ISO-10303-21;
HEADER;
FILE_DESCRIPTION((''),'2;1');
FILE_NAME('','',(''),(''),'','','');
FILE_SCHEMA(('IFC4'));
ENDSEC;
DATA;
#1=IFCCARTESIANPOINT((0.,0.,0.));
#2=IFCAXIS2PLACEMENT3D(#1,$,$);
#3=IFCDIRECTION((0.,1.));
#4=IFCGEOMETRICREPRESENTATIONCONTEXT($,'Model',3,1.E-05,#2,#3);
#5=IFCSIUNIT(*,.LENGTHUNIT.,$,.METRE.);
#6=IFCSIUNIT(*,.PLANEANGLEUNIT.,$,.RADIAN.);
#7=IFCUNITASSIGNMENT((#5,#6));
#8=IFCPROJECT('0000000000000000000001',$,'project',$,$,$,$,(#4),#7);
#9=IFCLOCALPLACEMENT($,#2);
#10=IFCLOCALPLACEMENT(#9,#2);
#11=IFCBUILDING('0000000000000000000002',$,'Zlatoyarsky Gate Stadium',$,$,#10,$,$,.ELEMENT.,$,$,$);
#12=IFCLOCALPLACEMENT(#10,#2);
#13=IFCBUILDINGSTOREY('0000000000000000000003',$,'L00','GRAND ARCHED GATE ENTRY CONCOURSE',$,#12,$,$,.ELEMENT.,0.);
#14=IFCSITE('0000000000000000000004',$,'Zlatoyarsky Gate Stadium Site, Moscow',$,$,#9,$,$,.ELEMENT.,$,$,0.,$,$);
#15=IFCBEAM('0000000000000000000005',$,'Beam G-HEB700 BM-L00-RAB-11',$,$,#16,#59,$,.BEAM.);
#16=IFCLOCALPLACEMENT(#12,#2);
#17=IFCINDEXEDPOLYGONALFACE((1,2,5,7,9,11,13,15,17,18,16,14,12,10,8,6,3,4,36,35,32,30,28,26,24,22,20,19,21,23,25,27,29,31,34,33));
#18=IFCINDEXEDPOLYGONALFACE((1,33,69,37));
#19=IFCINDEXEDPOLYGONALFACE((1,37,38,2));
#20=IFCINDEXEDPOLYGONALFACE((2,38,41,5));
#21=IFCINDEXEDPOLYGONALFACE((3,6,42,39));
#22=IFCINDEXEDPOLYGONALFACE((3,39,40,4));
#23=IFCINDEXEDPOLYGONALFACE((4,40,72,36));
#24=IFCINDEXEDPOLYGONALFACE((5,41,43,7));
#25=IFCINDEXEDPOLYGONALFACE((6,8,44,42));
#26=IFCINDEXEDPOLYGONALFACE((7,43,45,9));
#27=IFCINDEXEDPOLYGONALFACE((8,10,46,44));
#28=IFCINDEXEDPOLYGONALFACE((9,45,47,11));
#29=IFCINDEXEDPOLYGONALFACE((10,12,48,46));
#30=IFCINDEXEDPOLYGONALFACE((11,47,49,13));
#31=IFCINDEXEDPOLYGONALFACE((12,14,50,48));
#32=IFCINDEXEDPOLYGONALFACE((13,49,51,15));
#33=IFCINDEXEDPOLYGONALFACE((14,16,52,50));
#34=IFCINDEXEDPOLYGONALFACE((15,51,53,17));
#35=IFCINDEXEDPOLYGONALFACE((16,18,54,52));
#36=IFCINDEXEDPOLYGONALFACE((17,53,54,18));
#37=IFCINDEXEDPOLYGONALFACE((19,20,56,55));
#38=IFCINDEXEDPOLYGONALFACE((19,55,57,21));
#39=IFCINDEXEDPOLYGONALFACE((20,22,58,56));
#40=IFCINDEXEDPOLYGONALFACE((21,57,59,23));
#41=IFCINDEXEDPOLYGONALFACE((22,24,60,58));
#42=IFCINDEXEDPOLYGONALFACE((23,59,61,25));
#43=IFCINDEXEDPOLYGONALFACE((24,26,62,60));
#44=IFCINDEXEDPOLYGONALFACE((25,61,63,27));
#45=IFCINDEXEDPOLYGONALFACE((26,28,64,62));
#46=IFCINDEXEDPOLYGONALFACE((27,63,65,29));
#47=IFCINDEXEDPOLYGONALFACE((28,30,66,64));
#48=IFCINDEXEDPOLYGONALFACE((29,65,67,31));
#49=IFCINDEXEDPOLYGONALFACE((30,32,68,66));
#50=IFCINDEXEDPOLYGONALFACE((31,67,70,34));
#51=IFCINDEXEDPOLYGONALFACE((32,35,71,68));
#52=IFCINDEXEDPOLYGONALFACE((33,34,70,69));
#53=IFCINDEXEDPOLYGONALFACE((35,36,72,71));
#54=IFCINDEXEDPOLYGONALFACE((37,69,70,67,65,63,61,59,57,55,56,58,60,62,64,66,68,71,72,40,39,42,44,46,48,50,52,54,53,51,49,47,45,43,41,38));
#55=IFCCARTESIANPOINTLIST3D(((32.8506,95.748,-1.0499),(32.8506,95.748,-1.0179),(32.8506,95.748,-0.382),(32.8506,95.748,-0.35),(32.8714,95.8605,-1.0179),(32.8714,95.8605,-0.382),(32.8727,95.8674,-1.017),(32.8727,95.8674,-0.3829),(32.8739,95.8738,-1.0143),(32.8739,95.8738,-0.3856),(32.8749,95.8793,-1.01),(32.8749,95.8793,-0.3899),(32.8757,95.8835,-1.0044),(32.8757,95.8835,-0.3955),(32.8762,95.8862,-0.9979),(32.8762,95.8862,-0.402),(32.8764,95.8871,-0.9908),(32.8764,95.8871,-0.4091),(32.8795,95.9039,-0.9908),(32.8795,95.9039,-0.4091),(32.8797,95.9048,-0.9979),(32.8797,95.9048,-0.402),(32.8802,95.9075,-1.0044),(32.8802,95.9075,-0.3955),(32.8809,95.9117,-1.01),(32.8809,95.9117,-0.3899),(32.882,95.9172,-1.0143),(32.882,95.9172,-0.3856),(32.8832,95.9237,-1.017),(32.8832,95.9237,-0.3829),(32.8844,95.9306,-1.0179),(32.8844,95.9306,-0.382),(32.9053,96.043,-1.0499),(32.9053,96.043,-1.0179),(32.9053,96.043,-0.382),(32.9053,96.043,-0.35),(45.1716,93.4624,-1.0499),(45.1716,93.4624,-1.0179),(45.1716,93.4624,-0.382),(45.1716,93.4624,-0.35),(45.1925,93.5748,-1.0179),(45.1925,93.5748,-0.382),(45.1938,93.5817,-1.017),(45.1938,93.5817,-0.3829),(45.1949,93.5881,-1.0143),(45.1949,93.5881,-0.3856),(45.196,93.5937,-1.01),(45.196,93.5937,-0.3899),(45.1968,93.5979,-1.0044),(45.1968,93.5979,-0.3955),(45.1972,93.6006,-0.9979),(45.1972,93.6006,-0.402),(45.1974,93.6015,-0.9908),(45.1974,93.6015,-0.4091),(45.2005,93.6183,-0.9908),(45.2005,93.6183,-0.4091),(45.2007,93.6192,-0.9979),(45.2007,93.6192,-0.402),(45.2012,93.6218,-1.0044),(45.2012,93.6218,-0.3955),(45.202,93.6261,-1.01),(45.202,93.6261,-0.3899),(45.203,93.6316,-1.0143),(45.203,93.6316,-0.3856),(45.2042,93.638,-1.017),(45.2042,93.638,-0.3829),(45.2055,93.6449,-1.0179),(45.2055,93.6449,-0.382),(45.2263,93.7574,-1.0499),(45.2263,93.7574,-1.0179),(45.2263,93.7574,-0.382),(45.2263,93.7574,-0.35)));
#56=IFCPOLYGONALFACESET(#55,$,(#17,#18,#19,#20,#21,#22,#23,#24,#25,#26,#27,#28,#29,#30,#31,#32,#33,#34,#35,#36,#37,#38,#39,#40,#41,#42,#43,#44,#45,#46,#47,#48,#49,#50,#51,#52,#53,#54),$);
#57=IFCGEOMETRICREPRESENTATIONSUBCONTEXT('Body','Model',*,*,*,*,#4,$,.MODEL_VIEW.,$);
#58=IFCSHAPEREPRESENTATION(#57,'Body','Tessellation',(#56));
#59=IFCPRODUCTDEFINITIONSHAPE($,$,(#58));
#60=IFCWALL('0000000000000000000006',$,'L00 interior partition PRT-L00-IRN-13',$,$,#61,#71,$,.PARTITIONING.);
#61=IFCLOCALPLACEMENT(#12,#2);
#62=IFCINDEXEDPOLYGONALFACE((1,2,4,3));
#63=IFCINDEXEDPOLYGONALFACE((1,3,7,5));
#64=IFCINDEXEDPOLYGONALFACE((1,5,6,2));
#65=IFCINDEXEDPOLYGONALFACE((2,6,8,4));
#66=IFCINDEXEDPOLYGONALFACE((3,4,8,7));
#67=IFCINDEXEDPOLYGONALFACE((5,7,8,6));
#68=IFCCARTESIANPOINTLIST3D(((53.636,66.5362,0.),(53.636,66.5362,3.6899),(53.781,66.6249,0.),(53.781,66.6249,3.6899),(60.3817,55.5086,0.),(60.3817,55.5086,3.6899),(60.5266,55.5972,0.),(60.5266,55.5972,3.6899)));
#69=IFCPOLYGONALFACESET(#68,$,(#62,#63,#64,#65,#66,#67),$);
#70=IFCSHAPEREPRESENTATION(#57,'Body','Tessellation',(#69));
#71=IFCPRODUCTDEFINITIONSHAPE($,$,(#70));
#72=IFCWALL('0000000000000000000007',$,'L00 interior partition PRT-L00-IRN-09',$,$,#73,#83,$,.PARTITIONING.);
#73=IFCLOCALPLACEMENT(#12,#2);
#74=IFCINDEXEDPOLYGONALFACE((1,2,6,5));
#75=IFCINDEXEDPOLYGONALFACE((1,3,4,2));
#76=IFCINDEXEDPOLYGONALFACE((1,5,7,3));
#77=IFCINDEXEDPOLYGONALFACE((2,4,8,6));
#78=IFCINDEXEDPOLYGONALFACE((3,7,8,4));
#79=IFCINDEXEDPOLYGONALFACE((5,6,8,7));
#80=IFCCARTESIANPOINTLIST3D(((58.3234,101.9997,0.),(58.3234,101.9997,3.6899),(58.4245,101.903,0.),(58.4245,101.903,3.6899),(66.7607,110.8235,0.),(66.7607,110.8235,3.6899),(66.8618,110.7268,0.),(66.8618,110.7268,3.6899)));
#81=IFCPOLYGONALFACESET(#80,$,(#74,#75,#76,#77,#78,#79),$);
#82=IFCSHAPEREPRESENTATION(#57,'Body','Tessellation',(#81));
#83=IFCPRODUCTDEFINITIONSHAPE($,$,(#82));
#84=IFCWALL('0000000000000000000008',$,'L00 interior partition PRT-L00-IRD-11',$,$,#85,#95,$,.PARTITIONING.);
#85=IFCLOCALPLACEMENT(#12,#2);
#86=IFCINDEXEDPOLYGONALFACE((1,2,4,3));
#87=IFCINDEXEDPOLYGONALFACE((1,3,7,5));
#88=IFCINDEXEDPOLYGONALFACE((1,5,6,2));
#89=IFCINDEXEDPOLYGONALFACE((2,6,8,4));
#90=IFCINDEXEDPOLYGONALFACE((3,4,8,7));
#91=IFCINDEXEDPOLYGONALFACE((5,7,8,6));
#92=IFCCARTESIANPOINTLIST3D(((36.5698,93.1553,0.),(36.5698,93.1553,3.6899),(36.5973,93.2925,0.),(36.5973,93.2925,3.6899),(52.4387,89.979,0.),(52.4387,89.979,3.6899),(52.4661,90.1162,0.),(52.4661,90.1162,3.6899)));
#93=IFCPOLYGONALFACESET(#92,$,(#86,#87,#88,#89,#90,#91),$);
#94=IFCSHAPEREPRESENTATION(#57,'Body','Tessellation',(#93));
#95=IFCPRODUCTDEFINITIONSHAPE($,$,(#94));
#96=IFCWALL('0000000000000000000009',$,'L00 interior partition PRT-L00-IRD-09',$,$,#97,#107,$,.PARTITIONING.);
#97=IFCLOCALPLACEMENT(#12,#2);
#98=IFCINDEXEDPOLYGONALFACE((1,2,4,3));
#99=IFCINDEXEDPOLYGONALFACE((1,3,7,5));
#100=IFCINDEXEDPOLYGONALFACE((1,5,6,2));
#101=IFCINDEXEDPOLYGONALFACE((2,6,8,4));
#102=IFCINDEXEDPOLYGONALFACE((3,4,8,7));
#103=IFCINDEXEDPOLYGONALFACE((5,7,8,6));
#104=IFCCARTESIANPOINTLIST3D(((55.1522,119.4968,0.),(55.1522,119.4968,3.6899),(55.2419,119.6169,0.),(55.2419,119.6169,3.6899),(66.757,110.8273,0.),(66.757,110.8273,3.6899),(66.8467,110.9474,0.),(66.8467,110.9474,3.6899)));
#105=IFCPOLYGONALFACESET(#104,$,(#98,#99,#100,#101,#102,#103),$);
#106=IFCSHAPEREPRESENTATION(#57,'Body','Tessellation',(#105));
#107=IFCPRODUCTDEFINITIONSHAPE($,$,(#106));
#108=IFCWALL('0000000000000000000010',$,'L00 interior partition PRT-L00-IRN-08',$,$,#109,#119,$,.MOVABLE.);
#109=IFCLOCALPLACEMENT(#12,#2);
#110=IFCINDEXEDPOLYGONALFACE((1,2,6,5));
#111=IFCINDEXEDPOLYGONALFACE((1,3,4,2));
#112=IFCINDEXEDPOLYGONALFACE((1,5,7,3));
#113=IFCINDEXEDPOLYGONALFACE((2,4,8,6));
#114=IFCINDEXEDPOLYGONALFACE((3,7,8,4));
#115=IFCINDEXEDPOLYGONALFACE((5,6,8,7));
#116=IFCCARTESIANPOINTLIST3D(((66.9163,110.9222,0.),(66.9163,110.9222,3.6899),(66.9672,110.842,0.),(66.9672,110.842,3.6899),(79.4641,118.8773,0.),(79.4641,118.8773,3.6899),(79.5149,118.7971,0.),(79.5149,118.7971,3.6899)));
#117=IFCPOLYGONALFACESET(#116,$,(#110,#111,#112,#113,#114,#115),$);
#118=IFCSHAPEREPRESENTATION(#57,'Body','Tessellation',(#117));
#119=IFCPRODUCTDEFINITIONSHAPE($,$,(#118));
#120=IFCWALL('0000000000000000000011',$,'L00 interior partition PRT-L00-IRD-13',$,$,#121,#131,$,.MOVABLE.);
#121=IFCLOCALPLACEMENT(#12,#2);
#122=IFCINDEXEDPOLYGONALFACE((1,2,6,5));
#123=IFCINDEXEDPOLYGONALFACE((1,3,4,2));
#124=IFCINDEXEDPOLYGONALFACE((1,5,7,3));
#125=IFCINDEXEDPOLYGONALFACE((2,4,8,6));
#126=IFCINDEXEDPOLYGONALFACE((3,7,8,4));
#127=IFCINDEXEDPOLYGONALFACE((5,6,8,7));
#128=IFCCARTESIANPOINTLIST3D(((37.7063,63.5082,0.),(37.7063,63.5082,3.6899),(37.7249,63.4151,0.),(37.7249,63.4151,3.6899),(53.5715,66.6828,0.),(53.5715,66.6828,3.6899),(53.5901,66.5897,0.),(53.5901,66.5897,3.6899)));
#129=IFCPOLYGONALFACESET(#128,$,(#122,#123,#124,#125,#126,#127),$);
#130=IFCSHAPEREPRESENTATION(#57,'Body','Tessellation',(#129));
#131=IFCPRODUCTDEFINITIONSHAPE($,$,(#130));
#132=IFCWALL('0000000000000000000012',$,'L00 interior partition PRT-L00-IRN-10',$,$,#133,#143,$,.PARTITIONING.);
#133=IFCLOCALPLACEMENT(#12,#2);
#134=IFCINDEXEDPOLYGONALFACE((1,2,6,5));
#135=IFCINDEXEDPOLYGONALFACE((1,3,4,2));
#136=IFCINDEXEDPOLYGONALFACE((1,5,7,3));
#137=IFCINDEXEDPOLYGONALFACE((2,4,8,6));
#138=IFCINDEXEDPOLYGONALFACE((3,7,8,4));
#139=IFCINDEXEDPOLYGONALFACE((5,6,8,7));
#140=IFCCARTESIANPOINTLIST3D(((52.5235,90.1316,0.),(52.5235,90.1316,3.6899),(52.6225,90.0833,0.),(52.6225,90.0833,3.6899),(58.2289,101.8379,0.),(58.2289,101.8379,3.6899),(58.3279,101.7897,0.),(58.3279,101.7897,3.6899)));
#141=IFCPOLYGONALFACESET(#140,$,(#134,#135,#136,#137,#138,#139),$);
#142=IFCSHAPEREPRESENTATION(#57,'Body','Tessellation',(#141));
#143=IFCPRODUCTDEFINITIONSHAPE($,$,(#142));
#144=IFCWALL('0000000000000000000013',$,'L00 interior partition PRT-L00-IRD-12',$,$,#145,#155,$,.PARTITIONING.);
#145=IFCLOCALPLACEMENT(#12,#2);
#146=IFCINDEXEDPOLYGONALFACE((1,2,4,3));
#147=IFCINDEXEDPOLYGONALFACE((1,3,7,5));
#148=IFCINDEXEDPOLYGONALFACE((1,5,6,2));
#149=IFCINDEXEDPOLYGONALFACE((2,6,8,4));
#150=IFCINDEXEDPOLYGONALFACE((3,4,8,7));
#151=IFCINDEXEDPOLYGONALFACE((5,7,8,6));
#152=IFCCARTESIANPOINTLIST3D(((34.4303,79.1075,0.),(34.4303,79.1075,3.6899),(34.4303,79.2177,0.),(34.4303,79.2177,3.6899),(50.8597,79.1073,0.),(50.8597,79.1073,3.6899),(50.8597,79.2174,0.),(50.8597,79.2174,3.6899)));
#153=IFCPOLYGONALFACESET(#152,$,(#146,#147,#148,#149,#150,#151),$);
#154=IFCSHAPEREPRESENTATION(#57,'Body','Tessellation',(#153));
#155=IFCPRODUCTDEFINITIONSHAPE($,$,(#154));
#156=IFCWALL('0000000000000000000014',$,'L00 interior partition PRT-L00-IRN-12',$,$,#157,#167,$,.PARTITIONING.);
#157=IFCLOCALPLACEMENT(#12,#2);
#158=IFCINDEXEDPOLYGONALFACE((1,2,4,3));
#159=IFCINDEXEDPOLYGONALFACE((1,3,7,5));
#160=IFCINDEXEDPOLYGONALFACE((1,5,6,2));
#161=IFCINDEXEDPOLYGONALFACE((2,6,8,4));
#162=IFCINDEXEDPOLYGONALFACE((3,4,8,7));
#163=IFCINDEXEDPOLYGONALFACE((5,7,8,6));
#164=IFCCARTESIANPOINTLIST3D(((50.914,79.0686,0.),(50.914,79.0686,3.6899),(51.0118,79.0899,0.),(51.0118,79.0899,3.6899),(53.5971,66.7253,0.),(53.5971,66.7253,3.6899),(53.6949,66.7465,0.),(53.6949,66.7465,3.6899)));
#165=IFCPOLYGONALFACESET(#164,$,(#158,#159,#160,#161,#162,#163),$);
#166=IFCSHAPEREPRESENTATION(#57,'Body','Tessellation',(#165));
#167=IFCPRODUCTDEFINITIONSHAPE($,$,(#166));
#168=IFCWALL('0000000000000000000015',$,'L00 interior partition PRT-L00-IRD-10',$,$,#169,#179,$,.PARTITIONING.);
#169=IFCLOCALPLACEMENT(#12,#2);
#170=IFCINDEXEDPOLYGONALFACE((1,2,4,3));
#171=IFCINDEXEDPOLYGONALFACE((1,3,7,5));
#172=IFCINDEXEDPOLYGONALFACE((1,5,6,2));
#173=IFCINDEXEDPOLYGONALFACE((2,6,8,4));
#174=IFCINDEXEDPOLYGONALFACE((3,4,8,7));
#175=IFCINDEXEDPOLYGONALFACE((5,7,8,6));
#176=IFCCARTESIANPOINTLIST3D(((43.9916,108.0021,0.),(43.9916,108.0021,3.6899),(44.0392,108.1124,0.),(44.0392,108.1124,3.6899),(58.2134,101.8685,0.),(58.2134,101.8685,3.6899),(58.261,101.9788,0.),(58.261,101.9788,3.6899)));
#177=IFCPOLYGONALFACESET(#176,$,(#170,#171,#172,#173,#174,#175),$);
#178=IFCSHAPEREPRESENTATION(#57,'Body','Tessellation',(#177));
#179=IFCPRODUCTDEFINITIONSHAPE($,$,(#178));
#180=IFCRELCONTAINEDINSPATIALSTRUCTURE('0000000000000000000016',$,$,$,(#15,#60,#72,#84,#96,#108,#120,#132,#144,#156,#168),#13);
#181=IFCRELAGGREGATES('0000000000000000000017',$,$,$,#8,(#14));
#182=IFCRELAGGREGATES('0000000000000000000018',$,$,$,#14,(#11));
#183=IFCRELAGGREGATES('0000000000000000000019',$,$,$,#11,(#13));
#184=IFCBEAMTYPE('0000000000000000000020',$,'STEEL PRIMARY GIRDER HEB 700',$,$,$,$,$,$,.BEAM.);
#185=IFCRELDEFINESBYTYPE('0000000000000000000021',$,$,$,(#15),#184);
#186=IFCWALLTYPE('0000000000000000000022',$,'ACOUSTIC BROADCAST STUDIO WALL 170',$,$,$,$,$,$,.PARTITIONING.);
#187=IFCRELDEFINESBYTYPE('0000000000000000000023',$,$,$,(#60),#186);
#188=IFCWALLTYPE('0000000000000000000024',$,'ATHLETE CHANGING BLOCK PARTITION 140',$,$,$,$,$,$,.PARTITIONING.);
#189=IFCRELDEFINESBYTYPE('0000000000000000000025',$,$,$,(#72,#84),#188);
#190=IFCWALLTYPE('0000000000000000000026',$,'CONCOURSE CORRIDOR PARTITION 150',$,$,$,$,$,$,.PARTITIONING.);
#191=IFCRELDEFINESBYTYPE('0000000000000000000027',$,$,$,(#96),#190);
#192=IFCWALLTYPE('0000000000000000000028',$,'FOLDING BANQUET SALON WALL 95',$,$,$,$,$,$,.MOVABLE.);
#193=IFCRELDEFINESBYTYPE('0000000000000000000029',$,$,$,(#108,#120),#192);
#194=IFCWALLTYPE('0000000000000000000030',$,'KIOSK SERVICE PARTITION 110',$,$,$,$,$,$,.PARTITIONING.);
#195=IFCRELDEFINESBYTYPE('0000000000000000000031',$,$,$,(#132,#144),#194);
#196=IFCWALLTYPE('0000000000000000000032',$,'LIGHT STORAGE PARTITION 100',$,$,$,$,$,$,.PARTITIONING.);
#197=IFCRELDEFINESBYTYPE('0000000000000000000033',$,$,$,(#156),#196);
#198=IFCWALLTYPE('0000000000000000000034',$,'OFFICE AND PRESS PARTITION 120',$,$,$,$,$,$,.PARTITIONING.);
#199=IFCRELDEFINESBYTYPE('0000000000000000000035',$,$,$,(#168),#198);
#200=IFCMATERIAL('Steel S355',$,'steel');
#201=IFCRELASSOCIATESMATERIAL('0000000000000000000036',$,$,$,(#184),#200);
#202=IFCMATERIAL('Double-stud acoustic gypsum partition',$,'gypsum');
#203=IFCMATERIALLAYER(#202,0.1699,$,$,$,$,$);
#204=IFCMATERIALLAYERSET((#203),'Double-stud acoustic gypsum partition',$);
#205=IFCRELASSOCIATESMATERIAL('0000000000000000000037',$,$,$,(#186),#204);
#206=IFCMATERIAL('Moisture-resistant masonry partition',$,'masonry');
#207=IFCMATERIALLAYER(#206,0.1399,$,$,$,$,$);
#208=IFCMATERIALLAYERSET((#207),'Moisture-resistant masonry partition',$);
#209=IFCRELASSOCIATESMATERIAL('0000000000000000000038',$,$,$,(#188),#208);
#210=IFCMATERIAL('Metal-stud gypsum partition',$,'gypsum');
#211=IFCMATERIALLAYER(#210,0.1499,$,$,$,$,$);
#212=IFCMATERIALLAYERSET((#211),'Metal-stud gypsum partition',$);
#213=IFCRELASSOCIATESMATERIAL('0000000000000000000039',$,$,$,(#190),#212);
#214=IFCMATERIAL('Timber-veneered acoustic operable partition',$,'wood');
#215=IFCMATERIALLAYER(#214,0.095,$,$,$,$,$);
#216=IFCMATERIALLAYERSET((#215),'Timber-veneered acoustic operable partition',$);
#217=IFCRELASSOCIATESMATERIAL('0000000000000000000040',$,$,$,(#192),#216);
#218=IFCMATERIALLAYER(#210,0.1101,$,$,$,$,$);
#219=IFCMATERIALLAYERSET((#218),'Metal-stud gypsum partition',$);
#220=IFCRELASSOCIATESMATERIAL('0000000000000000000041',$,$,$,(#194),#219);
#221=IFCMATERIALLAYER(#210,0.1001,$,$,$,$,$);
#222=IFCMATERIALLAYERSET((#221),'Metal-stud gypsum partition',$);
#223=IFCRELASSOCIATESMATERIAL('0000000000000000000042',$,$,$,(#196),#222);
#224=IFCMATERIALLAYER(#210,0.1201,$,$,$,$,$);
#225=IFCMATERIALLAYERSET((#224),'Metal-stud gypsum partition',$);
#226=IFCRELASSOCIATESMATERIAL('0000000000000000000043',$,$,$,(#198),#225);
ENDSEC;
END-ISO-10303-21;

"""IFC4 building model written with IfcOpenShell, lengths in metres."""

from ifc_helpers import new_model, si_unit, direction, frame, frame_2d, origin, origin_2d, place, context, subcontext, project, spatial, rectangle, i_section, extrude, material, layer, layer_set, material_profile, profile_set, type_object, element, save


model = new_model("IFC4")

# Units and contexts
model_context = context("Model", 3, precision=1e-05, world=origin(), true_north=direction((0.0, 1.0)))
body_context = subcontext(model_context, "Body", "Model", "MODEL_VIEW")
ifc_project = project(units=[si_unit("LENGTHUNIT", "METRE"), si_unit("PLANEANGLEUNIT", "RADIAN")], contexts=[model_context])

# Site, building, storey
site_placement = place(None, origin())
site = spatial("IfcSite", under=ifc_project, at=site_placement, Name="Zlatoyarsky Gate Stadium Site, Moscow", CompositionType="ELEMENT", RefElevation=0.0)
building_placement = place(site_placement, origin())
building = spatial("IfcBuilding", under=site, at=building_placement, Name="Zlatoyarsky Gate Stadium", CompositionType="ELEMENT")
storey_placement = place(building_placement, origin())
storey = spatial("IfcBuildingStorey", under=building, at=storey_placement, Name="L00", Description="GRAND ARCHED GATE ENTRY CONCOURSE", CompositionType="ELEMENT", Elevation=0.0)

# Beam
ifc_material_1 = material(Name="Steel S355", Category="steel")
ifc_material_profile_1 = material_profile(ifc_material_1, i_section(OverallWidth=0.3, OverallDepth=0.7, WebThickness=0.0171, FlangeThickness=0.032, FilletRadius=0.0271, at=origin_2d()), Name="HEB 700")
ifc_profile_set_1 = profile_set([ifc_material_profile_1], Name="Steel S355")
beam_type_1 = type_object("IfcBeamType", Name="STEEL PRIMARY GIRDER HEB 700", PredefinedType="BEAM", material=ifc_profile_set_1)
beam_1_placement = place(storey_placement, frame((45.199, 93.6099, -0.7), z_axis=(-0.983225, 0.182396, 0.0), x_axis=(-0.182396, -0.983225, 0.0)))
element("IfcBeam", 1, at=beam_1_placement, inside=storey, type_object=beam_type_1, Name="Beam G-HEB700 BM-L00-RAB-11", PredefinedType="BEAM", context=body_context, shape_type="SweptSolid", body=[
    extrude(i_section(OverallWidth=0.3, OverallDepth=0.7, WebThickness=0.0171, FlangeThickness=0.032, FilletRadius=0.0271, at=origin_2d()), origin(), (0.0, 0.0, 1.0), 12.5312),
])

# Walls
ifc_material_2 = material(Name="Double-stud acoustic gypsum partition", Category="gypsum")
ifc_layer_1 = layer(ifc_material_2, 0.1699)
ifc_layer_set_1 = layer_set([ifc_layer_1], Name="Double-stud acoustic gypsum partition")
wall_type_1 = type_object("IfcWallType", Name="ACOUSTIC BROADCAST STUDIO WALL 170", PredefinedType="PARTITIONING", material=ifc_layer_set_1)
wall_1_placement = place(storey_placement, frame((53.7085, 66.5806, 0.0), z_axis=(0.0, 0.0, 1.0), x_axis=(0.521817, -0.853057, 0.0)))
element("IfcWall", 2, at=wall_1_placement, inside=storey, type_object=wall_type_1, Name="L00 interior partition PRT-L00-IRN-13", PredefinedType="PARTITIONING", context=body_context, shape_type="SweptSolid", body=[
    extrude(rectangle(XDim=12.9272, YDim=0.1699, at=frame_2d((6.4636, 0.0))), origin(), (0.0, 0.0, 1.0), 3.6899),
])
ifc_material_3 = material(Name="Moisture-resistant masonry partition", Category="masonry")
ifc_layer_2 = layer(ifc_material_3, 0.1399)
ifc_layer_set_2 = layer_set([ifc_layer_2], Name="Moisture-resistant masonry partition")
wall_type_2 = type_object("IfcWallType", Name="ATHLETE CHANGING BLOCK PARTITION 140", PredefinedType="PARTITIONING", material=ifc_layer_set_2)
wall_2_placement = place(storey_placement, frame((66.8113, 110.7751, 0.0), z_axis=(0.0, 0.0, 1.0), x_axis=(-0.691101, -0.722758, 0.0)))
element("IfcWall", 3, at=wall_2_placement, inside=storey, type_object=wall_type_2, Name="L00 interior partition PRT-L00-IRN-09", PredefinedType="PARTITIONING", context=body_context, shape_type="SweptSolid", body=[
    extrude(rectangle(XDim=12.2085, YDim=0.1399, at=frame_2d((6.1042, 0.0))), origin(), (0.0, 0.0, 1.0), 3.6899),
])
wall_3_placement = place(storey_placement, frame((52.4524, 90.0476, 0.0), z_axis=(0.0, 0.0, 1.0), x_axis=(-0.980551, 0.196264, 0.0)))
element("IfcWall", 4, at=wall_3_placement, inside=storey, type_object=wall_type_2, Name="L00 interior partition PRT-L00-IRD-11", PredefinedType="PARTITIONING", context=body_context, shape_type="SweptSolid", body=[
    extrude(rectangle(XDim=16.1836, YDim=0.1399, at=frame_2d((8.0918, 0.0))), origin(), (0.0, 0.0, 1.0), 3.6899),
])
ifc_material_4 = material(Name="Metal-stud gypsum partition", Category="gypsum")
ifc_layer_3 = layer(ifc_material_4, 0.1499)
ifc_layer_set_3 = layer_set([ifc_layer_3], Name="Metal-stud gypsum partition")
wall_type_3 = type_object("IfcWallType", Name="CONCOURSE CORRIDOR PARTITION 150", PredefinedType="PARTITIONING", material=ifc_layer_set_3)
wall_4_placement = place(storey_placement, frame((66.8018, 110.8875, 0.0), z_axis=(0.0, 0.0, 1.0), x_axis=(-0.801129, 0.598491, 0.0)))
element("IfcWall", 5, at=wall_4_placement, inside=storey, type_object=wall_type_3, Name="L00 interior partition PRT-L00-IRD-09", PredefinedType="PARTITIONING", context=body_context, shape_type="SweptSolid", body=[
    extrude(rectangle(XDim=14.4856, YDim=0.1499, at=frame_2d((7.2427, 0.0))), origin(), (0.0, 0.0, 1.0), 3.6899),
])
ifc_material_5 = material(Name="Timber-veneered acoustic operable partition", Category="wood")
ifc_layer_4 = layer(ifc_material_5, 0.095)
ifc_layer_set_4 = layer_set([ifc_layer_4], Name="Timber-veneered acoustic operable partition")
wall_type_4 = type_object("IfcWallType", Name="FOLDING BANQUET SALON WALL 95", PredefinedType="MOVABLE", material=ifc_layer_set_4)
wall_5_placement = place(storey_placement, frame((79.4895, 118.8372, 0.0), z_axis=(0.0, 0.0, 1.0), x_axis=(-0.844572, -0.535441, 0.0)))
element("IfcWall", 6, at=wall_5_placement, inside=storey, type_object=wall_type_4, Name="L00 interior partition PRT-L00-IRN-08", PredefinedType="MOVABLE", context=body_context, shape_type="SweptSolid", body=[
    extrude(rectangle(XDim=14.8569, YDim=0.095, at=frame_2d((7.4285, 0.0))), origin(), (0.0, 0.0, 1.0), 3.6899),
])
wall_6_placement = place(storey_placement, frame((53.5808, 66.6362, 0.0), z_axis=(0.0, 0.0, 1.0), x_axis=(-0.980563, -0.196206, 0.0)))
element("IfcWall", 7, at=wall_6_placement, inside=storey, type_object=wall_type_4, Name="L00 interior partition PRT-L00-IRD-13", PredefinedType="MOVABLE", context=body_context, shape_type="SweptSolid", body=[
    extrude(rectangle(XDim=16.1797, YDim=0.095, at=frame_2d((8.0898, 0.0))), origin(), (0.0, 0.0, 1.0), 3.6899),
])
ifc_layer_5 = layer(ifc_material_4, 0.1101)
ifc_layer_set_5 = layer_set([ifc_layer_5], Name="Metal-stud gypsum partition")
wall_type_5 = type_object("IfcWallType", Name="KIOSK SERVICE PARTITION 110", PredefinedType="PARTITIONING", material=ifc_layer_set_5)
wall_7_placement = place(storey_placement, frame((58.2783, 101.8137, 0.0), z_axis=(0.0, 0.0, 1.0), x_axis=(-0.438109, -0.898922, 0.0)))
element("IfcWall", 8, at=wall_7_placement, inside=storey, type_object=wall_type_5, Name="L00 interior partition PRT-L00-IRN-10", PredefinedType="PARTITIONING", context=body_context, shape_type="SweptSolid", body=[
    extrude(rectangle(XDim=13.0227, YDim=0.1101, at=frame_2d((6.5112, 0.0))), origin(), (0.0, 0.0, 1.0), 3.6899),
])
wall_8_placement = place(storey_placement, frame((50.8599, 79.1624, 0.0), z_axis=(0.0, 0.0, 1.0), x_axis=(-1.0, 0.000015, 0.0)))
element("IfcWall", 9, at=wall_8_placement, inside=storey, type_object=wall_type_5, Name="L00 interior partition PRT-L00-IRD-12", PredefinedType="PARTITIONING", context=body_context, shape_type="SweptSolid", body=[
    extrude(rectangle(XDim=16.4294, YDim=0.1101, at=frame_2d((8.2148, 0.0))), origin(), (0.0, 0.0, 1.0), 3.6899),
])
ifc_layer_6 = layer(ifc_material_4, 0.1001)
ifc_layer_set_6 = layer_set([ifc_layer_6], Name="Metal-stud gypsum partition")
wall_type_6 = type_object("IfcWallType", Name="LIGHT STORAGE PARTITION 100", PredefinedType="PARTITIONING", material=ifc_layer_set_6)
wall_9_placement = place(storey_placement, frame((50.9629, 79.0793, 0.0), z_axis=(0.0, 0.0, 1.0), x_axis=(0.212414, -0.97718, 0.0)))
element("IfcWall", 10, at=wall_9_placement, inside=storey, type_object=wall_type_6, Name="L00 interior partition PRT-L00-IRN-12", PredefinedType="PARTITIONING", context=body_context, shape_type="SweptSolid", body=[
    extrude(rectangle(XDim=12.6316, YDim=0.1001, at=frame_2d((6.3159, 0.0))), origin(), (0.0, 0.0, 1.0), 3.6899),
])
ifc_layer_7 = layer(ifc_material_4, 0.1201)
ifc_layer_set_7 = layer_set([ifc_layer_7], Name="Metal-stud gypsum partition")
wall_type_7 = type_object("IfcWallType", Name="OFFICE AND PRESS PARTITION 120", PredefinedType="PARTITIONING", material=ifc_layer_set_7)
wall_10_placement = place(storey_placement, frame((58.2373, 101.9236, 0.0), z_axis=(0.0, 0.0, 1.0), x_axis=(-0.918242, 0.39602, 0.0)))
element("IfcWall", 11, at=wall_10_placement, inside=storey, type_object=wall_type_7, Name="L00 interior partition PRT-L00-IRD-10", PredefinedType="PARTITIONING", context=body_context, shape_type="SweptSolid", body=[
    extrude(rectangle(XDim=15.488, YDim=0.1201, at=frame_2d((7.7441, 0.0))), origin(), (0.0, 0.0, 1.0), 3.6899),
])

save(model, "model.ifc")
